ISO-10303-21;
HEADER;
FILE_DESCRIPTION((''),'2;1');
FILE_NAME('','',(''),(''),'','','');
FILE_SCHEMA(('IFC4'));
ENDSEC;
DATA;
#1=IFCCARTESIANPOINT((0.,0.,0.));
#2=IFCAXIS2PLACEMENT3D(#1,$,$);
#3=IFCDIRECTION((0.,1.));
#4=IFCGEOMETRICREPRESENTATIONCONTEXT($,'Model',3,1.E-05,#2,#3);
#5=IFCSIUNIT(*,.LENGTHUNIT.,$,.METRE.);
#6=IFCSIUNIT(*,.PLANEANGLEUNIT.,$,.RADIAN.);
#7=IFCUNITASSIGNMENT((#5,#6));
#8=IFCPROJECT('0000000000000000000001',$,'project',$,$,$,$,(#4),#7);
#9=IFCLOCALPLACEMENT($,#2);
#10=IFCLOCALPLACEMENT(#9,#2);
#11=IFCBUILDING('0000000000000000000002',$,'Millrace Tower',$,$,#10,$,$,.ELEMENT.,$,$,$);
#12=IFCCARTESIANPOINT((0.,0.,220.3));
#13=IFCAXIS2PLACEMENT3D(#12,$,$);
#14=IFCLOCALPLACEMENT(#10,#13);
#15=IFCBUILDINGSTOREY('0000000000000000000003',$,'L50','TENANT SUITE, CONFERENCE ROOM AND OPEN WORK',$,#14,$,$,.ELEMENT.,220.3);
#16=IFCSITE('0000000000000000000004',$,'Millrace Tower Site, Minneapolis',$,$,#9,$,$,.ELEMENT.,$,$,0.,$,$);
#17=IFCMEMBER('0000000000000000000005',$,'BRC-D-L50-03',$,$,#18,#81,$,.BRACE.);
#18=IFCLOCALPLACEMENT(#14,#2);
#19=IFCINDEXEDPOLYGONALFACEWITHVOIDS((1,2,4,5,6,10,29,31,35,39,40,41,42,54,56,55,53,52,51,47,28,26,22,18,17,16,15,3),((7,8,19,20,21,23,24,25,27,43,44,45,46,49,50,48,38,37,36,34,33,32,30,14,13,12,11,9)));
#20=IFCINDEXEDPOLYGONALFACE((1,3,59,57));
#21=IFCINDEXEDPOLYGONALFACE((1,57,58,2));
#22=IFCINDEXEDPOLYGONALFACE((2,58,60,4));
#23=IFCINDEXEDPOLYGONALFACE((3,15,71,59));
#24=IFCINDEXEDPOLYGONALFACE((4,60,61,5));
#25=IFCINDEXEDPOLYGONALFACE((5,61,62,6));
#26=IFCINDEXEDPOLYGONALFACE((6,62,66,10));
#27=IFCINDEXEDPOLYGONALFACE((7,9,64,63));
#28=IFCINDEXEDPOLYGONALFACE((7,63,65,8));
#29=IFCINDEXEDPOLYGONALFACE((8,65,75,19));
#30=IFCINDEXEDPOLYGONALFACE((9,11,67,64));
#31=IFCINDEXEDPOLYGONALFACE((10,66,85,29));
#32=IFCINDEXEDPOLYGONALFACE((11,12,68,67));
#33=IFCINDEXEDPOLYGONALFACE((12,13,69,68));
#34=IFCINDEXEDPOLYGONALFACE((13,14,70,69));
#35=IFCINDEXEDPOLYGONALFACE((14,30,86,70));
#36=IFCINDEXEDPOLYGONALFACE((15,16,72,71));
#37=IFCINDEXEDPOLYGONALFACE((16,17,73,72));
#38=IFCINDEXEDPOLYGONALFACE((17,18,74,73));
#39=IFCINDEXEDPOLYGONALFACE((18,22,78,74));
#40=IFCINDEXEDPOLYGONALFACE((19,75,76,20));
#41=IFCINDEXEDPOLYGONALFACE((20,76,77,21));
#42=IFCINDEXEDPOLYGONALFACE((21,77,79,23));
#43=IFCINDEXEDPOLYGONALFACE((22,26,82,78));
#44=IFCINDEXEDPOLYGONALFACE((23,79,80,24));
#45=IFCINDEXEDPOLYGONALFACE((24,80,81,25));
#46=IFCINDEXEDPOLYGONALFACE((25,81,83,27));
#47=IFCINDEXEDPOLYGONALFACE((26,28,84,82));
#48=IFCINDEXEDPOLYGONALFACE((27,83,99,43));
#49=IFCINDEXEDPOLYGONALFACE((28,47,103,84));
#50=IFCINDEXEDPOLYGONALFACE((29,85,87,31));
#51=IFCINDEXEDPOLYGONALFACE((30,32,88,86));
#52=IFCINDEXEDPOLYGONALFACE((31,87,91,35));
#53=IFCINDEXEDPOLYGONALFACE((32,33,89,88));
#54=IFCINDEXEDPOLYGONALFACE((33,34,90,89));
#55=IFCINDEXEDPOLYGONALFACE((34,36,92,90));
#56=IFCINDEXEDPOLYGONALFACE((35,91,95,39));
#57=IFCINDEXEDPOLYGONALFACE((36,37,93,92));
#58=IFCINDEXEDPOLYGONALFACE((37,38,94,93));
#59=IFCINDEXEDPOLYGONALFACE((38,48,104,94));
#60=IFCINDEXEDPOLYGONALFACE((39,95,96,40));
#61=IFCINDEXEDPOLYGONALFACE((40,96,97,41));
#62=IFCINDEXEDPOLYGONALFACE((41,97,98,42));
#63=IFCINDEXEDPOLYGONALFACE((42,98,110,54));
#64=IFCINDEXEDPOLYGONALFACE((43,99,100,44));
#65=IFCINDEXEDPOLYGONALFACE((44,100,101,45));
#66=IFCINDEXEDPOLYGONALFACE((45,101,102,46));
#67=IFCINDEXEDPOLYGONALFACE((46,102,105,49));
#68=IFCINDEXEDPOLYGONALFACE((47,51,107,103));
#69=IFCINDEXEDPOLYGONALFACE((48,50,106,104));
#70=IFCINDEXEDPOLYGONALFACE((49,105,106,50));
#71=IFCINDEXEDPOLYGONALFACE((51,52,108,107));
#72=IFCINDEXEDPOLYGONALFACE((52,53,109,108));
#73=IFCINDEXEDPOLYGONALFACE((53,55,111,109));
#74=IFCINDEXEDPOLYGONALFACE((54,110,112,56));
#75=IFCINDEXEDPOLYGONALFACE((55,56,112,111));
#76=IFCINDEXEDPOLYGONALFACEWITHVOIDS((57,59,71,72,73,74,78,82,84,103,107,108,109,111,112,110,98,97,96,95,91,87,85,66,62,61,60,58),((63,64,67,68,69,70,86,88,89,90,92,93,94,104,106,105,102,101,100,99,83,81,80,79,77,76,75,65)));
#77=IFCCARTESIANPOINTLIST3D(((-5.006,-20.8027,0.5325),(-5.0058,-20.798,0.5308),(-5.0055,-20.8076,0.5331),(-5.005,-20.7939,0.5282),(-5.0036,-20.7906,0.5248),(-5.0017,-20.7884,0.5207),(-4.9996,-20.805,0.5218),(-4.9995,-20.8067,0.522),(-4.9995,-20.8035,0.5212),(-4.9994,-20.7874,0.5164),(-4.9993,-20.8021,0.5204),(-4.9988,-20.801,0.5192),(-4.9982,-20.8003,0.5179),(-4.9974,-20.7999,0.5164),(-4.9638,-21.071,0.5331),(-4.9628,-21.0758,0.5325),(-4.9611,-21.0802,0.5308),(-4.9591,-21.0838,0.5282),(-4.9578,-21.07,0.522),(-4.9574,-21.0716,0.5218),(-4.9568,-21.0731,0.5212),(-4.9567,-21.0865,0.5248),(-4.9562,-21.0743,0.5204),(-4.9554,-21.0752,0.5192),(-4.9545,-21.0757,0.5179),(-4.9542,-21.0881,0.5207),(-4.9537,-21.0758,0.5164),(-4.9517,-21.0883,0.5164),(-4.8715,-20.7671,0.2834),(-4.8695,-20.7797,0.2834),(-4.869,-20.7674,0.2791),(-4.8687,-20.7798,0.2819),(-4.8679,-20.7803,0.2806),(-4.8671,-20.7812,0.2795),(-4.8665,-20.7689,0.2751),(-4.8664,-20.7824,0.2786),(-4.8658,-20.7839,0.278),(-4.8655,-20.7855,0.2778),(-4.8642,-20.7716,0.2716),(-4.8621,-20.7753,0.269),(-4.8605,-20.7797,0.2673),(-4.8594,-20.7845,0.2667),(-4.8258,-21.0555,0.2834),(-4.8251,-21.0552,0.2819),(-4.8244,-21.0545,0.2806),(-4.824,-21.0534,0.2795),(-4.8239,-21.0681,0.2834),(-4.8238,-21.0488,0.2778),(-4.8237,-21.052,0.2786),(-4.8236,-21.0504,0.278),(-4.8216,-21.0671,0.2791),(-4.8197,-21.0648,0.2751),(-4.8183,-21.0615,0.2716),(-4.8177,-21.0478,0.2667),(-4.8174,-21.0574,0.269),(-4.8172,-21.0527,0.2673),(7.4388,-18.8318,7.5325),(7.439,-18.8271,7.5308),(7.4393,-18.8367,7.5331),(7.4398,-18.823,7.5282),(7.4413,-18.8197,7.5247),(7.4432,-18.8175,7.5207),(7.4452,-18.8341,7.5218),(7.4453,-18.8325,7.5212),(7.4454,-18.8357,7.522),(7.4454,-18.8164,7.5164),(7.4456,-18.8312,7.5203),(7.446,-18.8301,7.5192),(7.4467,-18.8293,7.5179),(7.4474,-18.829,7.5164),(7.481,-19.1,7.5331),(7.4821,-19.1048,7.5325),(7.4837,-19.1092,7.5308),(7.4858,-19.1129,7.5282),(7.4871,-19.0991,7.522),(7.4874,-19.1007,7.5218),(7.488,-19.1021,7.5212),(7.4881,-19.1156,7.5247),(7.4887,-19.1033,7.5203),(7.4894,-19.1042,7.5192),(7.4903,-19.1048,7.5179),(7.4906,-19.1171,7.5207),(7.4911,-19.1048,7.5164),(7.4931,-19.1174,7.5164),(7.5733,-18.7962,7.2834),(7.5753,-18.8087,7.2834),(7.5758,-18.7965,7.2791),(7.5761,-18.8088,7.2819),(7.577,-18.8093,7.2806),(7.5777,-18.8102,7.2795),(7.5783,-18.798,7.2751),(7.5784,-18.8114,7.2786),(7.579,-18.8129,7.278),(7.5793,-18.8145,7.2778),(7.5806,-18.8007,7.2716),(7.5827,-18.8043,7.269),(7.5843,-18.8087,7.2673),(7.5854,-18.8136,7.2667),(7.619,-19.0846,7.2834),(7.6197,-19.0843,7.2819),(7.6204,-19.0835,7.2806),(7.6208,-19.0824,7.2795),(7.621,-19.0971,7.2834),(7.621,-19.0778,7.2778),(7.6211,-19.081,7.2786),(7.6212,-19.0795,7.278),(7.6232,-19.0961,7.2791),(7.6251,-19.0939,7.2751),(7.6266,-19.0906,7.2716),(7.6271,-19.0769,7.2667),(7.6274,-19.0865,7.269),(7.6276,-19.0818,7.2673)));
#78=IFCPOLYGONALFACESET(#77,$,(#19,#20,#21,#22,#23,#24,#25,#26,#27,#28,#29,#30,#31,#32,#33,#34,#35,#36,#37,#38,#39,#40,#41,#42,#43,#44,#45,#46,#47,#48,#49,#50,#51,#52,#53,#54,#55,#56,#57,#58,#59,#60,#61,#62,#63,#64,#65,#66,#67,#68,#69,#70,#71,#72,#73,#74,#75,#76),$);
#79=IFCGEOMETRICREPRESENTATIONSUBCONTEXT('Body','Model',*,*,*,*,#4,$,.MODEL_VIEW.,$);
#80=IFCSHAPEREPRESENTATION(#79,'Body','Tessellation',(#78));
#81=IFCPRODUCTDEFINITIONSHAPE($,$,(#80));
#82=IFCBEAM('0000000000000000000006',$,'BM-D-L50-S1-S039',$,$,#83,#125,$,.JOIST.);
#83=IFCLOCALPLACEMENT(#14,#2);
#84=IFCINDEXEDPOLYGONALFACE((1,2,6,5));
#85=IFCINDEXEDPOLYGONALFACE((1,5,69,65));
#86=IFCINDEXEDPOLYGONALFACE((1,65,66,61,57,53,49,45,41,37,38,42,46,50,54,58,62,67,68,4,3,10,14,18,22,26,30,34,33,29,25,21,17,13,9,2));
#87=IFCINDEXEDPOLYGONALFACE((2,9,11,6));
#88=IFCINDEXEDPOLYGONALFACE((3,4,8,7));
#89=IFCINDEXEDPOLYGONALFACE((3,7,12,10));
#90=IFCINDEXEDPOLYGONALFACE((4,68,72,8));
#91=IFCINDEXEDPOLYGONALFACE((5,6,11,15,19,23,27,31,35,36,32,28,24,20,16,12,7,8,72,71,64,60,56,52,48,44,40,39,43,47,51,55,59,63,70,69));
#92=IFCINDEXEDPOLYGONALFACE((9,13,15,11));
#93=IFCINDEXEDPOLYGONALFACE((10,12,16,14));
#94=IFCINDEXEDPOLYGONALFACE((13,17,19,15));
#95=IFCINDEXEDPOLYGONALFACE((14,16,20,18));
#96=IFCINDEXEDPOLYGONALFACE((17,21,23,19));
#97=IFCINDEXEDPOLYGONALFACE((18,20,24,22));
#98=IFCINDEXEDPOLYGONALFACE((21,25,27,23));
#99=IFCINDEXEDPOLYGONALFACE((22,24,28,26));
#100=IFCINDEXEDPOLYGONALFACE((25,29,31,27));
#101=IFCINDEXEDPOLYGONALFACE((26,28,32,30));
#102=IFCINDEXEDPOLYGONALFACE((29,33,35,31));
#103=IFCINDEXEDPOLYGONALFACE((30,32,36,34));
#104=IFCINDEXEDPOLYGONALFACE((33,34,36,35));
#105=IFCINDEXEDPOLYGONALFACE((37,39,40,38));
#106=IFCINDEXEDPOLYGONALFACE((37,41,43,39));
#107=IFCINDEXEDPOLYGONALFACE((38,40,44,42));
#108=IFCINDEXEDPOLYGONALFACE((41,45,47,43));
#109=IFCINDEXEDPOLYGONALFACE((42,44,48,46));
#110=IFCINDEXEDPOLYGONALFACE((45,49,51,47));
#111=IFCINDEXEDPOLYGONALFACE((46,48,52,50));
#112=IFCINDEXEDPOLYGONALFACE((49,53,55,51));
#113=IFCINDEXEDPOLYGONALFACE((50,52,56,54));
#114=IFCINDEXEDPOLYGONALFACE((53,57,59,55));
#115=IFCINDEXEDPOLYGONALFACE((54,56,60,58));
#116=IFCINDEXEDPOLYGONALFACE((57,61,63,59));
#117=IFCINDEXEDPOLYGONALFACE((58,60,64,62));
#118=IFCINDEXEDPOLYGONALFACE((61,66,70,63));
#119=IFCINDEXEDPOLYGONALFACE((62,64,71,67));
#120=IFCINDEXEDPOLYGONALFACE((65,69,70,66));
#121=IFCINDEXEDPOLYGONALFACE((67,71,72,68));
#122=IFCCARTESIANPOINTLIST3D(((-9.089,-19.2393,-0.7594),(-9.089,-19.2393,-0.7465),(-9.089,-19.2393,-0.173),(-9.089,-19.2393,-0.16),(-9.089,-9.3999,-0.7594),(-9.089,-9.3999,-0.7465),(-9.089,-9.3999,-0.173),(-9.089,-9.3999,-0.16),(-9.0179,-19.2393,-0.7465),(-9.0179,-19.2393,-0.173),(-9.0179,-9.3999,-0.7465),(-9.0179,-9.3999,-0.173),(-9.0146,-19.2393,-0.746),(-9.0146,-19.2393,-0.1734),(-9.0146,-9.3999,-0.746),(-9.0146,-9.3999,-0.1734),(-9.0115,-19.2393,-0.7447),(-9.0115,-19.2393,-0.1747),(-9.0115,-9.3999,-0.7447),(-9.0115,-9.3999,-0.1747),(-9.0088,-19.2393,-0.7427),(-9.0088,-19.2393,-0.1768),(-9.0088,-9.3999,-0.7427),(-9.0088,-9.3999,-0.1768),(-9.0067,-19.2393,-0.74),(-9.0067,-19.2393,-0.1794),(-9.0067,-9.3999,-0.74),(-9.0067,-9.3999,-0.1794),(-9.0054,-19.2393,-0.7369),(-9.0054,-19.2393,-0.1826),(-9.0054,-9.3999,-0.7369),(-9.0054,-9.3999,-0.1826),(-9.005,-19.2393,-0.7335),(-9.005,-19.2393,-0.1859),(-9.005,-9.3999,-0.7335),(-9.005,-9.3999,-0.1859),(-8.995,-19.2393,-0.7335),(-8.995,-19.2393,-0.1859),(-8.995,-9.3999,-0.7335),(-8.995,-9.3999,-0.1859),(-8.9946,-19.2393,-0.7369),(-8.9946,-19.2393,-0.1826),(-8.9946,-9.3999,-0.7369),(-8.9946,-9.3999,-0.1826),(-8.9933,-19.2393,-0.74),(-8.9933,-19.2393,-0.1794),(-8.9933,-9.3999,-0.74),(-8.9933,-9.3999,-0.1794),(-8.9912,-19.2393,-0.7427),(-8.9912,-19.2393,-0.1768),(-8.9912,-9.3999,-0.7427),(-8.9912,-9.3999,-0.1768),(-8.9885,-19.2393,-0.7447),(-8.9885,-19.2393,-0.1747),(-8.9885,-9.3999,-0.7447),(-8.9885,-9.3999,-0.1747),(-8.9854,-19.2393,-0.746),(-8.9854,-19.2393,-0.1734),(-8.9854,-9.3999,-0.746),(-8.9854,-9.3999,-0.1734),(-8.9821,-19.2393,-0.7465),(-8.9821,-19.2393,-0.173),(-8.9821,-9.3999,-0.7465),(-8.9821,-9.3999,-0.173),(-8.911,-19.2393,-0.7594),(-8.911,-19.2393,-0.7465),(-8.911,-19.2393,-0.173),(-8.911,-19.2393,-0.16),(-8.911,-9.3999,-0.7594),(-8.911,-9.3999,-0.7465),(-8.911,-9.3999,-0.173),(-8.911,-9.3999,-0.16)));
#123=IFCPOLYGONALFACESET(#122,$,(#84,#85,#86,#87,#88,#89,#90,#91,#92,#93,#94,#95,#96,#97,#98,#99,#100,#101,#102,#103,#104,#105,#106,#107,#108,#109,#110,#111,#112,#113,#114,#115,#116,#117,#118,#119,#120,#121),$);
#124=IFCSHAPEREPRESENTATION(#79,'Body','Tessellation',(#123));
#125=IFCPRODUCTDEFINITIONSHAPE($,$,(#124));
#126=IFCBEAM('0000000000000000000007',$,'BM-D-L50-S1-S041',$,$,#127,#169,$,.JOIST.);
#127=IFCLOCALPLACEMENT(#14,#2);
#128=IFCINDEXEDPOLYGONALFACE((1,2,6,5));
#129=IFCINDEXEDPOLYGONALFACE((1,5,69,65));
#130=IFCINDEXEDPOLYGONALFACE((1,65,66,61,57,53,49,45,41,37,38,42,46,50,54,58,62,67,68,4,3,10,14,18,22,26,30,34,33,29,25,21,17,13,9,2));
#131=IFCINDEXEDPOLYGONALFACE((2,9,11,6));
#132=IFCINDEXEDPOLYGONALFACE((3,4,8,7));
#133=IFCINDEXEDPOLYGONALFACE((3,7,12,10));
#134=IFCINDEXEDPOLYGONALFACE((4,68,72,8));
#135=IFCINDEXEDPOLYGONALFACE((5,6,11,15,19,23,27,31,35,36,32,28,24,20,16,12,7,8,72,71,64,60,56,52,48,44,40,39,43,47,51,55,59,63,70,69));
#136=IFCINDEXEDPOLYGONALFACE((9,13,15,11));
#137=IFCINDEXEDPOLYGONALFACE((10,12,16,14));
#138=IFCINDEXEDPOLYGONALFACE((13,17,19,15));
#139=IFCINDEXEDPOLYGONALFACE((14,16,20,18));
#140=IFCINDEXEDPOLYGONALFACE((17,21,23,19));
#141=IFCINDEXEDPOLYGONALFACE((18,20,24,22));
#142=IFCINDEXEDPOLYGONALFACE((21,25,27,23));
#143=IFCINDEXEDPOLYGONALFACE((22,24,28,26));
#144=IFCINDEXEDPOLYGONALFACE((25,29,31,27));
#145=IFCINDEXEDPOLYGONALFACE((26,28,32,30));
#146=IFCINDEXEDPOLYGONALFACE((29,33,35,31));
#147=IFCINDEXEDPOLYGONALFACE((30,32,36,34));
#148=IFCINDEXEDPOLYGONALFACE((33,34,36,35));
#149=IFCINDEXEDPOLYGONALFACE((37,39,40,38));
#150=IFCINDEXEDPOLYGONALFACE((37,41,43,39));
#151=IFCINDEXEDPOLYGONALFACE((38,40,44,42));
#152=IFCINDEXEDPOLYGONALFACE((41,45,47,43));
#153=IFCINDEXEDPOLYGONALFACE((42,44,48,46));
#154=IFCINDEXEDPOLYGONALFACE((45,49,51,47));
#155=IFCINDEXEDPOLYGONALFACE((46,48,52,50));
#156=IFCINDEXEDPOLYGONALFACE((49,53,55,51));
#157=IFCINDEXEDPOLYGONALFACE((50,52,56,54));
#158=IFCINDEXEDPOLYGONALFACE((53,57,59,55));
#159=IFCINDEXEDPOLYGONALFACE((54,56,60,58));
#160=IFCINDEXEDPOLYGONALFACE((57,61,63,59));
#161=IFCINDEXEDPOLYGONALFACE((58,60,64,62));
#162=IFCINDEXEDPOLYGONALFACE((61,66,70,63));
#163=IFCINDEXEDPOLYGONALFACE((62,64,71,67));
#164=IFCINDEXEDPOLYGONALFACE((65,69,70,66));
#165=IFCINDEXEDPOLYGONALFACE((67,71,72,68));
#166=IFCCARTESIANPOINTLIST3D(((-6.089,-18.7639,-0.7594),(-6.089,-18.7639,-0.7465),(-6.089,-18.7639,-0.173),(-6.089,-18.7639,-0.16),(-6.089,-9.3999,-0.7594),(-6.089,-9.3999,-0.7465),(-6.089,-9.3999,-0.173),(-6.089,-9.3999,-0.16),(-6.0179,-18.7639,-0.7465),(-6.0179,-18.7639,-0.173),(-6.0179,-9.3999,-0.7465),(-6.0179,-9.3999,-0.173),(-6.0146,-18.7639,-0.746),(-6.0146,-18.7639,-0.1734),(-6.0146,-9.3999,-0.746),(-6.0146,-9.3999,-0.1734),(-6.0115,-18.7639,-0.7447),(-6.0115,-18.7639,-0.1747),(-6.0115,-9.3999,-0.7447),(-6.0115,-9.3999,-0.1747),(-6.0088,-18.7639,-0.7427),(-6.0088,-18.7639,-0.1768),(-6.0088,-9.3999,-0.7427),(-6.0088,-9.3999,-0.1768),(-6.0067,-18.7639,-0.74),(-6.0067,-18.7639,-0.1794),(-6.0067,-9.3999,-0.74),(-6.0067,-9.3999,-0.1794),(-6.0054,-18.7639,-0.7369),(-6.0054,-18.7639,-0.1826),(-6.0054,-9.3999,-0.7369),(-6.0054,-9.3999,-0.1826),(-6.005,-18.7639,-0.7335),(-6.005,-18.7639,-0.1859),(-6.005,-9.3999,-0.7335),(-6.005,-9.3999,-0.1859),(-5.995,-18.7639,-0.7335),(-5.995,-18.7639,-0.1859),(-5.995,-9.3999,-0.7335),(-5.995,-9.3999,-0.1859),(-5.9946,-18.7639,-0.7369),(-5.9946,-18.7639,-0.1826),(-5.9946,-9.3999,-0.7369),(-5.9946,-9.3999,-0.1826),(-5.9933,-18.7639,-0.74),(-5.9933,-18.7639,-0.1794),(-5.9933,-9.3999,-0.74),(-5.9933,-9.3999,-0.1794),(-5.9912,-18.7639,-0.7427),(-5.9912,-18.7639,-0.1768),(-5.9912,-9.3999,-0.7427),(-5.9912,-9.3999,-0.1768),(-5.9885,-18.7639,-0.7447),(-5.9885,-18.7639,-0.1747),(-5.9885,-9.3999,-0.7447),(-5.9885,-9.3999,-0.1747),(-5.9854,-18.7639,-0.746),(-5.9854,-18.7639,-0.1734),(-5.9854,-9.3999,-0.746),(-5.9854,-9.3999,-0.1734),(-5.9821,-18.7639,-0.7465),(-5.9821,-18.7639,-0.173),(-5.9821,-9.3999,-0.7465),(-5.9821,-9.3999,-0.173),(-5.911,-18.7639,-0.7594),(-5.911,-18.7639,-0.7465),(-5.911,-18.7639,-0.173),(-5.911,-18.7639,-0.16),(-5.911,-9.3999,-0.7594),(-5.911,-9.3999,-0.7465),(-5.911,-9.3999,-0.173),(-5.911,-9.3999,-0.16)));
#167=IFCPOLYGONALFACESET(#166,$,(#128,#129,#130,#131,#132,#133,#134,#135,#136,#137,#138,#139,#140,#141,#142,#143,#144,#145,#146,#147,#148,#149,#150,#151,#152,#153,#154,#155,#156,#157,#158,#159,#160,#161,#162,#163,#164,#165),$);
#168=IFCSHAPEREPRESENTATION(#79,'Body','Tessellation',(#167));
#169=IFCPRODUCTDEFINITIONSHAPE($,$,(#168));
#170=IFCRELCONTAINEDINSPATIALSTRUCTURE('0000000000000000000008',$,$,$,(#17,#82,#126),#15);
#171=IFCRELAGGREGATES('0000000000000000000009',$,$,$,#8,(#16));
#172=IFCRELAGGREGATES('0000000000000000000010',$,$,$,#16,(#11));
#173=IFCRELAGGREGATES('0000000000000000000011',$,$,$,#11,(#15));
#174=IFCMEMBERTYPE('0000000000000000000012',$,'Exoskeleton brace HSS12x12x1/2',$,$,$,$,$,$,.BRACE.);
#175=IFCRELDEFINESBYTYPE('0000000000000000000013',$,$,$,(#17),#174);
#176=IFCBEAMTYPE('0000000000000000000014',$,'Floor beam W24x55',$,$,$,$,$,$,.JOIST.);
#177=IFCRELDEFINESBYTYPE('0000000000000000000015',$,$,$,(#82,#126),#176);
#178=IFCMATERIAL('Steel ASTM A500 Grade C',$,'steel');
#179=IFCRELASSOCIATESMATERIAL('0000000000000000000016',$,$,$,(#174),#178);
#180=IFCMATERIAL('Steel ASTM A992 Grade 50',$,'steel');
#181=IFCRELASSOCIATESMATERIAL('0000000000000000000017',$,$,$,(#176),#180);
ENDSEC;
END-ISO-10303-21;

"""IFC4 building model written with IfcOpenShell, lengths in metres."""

from ifc_helpers import new_model, si_unit, direction, frame, origin, origin_2d, place, context, subcontext, project, spatial, hollow_rectangle, i_section, extrude, material, material_profile, profile_set, type_object, element, save


model = new_model("IFC4")

# Units and contexts
model_context = context("Model", 3, precision=1e-05, world=origin(), true_north=direction((0.0, 1.0)))
body_context = subcontext(model_context, "Body", "Model", "MODEL_VIEW")
ifc_project = project(units=[si_unit("LENGTHUNIT", "METRE"), si_unit("PLANEANGLEUNIT", "RADIAN")], contexts=[model_context])

# Site, building, storey
site_placement = place(None, origin())
site = spatial("IfcSite", under=ifc_project, at=site_placement, Name="Millrace Tower Site, Minneapolis", CompositionType="ELEMENT", RefElevation=0.0)
building_placement = place(site_placement, origin())
building = spatial("IfcBuilding", under=site, at=building_placement, Name="Millrace Tower", CompositionType="ELEMENT")
storey_placement = place(building_placement, frame((0.0, 0.0, 220.3)))
storey = spatial("IfcBuildingStorey", under=building, at=storey_placement, Name="L50", Description="TENANT SUITE, CONFERENCE ROOM AND OPEN WORK", CompositionType="ELEMENT", Elevation=220.3)

# Member
ifc_material_1 = material(Name="Steel ASTM A500 Grade C", Category="steel")
ifc_material_profile_1 = material_profile(ifc_material_1, hollow_rectangle(XDim=0.3047, YDim=0.3047, WallThickness=0.0127, InnerFilletRadius=0.0063, OuterFilletRadius=0.019, at=origin_2d()))
ifc_profile_set_1 = profile_set([ifc_material_profile_1], Name="Steel ASTM A500 Grade C")
member_type_1 = type_object("IfcMemberType", Name="Exoskeleton brace HSS12x12x1/2", PredefinedType="BRACE", material=ifc_profile_set_1)
member_1_placement = place(storey_placement, frame((-4.9116, -20.9277, 0.3999), z_axis=(0.863395, 0.13674, 0.485645), x_axis=(-0.156425, 0.98769, 0.0)))
element("IfcMember", 1, at=member_1_placement, inside=storey, type_object=member_type_1, Name="BRC-D-L50-03", PredefinedType="BRACE", context=body_context, shape_type="SweptSolid", body=[
    extrude(hollow_rectangle(XDim=0.3047, YDim=0.3047, WallThickness=0.0127, InnerFilletRadius=0.0063, OuterFilletRadius=0.019, at=origin_2d()), origin(), (0.0, 0.0, 1.0), 14.4138),
])

# Beams
ifc_material_2 = material(Name="Steel ASTM A992 Grade 50", Category="steel")
ifc_material_profile_2 = material_profile(ifc_material_2, i_section(OverallWidth=0.178, OverallDepth=0.5994, WebThickness=0.01, FlangeThickness=0.0129, FilletRadius=0.0129, at=origin_2d()))
ifc_profile_set_2 = profile_set([ifc_material_profile_2], Name="Steel ASTM A992 Grade 50")
beam_type_1 = type_object("IfcBeamType", Name="Floor beam W24x55", PredefinedType="JOIST", material=ifc_profile_set_2)
beam_1_placement = place(storey_placement, frame((-9.0, -19.2393, -0.4597), z_axis=(0.0, 1.0, 0.0), x_axis=(-1.0, 0.0, 0.0)))
element("IfcBeam", 2, at=beam_1_placement, inside=storey, type_object=beam_type_1, Name="BM-D-L50-S1-S039", PredefinedType="JOIST", context=body_context, shape_type="SweptSolid", body=[
    extrude(i_section(OverallWidth=0.178, OverallDepth=0.5994, WebThickness=0.01, FlangeThickness=0.0129, FilletRadius=0.0129, at=origin_2d()), origin(), (0.0, 0.0, 1.0), 9.8394),
])
beam_2_placement = place(storey_placement, frame((-6.0, -18.7639, -0.4597), z_axis=(0.0, 1.0, 0.0), x_axis=(-1.0, 0.0, 0.0)))
element("IfcBeam", 3, at=beam_2_placement, inside=storey, type_object=beam_type_1, Name="BM-D-L50-S1-S041", PredefinedType="JOIST", context=body_context, shape_type="SweptSolid", body=[
    extrude(i_section(OverallWidth=0.178, OverallDepth=0.5994, WebThickness=0.01, FlangeThickness=0.0129, FilletRadius=0.0129, at=origin_2d()), origin(), (0.0, 0.0, 1.0), 9.364),
])

save(model, "model.ifc")
